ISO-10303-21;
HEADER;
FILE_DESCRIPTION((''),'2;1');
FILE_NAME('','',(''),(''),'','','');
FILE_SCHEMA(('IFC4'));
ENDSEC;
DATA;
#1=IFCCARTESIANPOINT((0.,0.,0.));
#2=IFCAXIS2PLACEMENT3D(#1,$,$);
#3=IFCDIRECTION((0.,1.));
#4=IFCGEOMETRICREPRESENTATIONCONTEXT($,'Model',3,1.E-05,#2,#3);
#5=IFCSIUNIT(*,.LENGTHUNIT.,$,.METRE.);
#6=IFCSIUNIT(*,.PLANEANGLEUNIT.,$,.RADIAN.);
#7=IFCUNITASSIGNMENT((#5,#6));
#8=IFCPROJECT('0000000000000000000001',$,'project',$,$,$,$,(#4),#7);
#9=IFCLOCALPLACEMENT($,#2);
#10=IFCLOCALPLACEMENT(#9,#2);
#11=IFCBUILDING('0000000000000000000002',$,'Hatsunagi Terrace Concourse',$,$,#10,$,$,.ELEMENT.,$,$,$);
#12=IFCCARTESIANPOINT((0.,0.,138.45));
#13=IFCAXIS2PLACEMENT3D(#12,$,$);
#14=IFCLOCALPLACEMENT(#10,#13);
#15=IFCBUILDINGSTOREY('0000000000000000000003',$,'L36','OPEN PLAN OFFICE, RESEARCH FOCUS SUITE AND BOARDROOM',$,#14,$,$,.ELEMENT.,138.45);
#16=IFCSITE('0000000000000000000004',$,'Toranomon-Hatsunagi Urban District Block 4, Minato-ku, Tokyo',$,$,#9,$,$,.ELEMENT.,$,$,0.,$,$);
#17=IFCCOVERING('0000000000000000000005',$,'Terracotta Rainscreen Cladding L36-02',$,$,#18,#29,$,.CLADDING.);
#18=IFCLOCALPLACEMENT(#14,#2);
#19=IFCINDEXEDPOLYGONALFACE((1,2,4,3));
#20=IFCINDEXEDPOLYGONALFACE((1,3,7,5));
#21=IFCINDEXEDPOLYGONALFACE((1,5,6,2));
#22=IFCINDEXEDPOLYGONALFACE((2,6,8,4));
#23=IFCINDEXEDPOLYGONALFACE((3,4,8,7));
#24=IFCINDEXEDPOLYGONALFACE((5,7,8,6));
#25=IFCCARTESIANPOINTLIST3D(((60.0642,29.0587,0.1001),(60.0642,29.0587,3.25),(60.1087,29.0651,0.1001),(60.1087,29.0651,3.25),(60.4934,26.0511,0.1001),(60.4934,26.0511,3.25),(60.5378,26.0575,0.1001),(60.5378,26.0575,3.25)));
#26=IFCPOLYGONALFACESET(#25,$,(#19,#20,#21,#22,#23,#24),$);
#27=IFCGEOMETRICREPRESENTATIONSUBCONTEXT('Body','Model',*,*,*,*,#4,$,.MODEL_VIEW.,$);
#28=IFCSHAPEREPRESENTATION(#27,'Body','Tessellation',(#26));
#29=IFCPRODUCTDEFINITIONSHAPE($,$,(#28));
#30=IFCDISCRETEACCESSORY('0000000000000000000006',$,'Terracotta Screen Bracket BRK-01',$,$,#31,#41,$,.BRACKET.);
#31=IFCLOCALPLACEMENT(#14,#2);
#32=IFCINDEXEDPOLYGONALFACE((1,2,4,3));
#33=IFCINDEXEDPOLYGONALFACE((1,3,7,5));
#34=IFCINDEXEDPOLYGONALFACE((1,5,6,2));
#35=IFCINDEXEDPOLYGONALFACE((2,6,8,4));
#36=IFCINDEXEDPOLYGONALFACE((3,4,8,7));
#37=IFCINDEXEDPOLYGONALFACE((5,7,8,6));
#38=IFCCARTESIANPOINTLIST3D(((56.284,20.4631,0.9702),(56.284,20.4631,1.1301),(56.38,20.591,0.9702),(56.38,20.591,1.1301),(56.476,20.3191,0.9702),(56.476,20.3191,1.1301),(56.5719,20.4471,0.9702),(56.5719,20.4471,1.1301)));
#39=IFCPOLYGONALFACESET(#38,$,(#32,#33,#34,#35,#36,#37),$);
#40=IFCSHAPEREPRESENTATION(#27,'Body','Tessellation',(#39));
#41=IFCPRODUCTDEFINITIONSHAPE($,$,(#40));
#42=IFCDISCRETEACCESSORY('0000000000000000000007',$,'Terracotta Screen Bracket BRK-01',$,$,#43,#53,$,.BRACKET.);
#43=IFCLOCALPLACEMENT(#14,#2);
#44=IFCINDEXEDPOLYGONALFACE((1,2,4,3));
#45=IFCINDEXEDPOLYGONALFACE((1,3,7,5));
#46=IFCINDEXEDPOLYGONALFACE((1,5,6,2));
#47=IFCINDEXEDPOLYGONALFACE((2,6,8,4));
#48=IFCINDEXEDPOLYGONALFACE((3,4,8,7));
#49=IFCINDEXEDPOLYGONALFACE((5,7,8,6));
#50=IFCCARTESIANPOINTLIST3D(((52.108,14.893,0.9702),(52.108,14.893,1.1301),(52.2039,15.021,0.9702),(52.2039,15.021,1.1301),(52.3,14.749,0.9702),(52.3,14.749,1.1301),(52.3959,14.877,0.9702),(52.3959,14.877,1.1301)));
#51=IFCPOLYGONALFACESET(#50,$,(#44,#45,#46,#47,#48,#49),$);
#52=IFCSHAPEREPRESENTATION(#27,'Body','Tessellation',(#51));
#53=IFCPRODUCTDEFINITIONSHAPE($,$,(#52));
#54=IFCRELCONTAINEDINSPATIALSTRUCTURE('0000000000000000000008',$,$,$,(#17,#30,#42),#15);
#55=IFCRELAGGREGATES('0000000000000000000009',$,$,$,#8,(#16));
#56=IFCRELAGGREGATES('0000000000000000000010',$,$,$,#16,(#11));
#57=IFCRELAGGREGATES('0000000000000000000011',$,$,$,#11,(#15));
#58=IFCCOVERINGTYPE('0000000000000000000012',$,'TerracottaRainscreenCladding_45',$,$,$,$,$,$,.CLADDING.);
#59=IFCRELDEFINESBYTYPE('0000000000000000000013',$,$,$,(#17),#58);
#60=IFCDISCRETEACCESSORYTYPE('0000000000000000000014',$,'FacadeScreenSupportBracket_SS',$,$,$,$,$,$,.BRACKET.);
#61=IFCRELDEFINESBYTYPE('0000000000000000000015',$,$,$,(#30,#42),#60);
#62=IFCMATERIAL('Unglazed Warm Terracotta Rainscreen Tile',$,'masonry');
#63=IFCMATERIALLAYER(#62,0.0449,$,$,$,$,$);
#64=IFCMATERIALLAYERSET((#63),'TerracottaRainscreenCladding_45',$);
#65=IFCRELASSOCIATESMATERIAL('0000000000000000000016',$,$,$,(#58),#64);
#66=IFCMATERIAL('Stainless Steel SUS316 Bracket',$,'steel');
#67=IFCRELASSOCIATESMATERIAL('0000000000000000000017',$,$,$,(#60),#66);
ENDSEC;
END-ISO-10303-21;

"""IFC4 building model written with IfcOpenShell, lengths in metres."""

from ifc_helpers import new_model, si_unit, direction, frame, origin, origin_2d, place, context, subcontext, project, spatial, rectangle, extrude, material, layer, layer_set, type_object, element, save


model = new_model("IFC4")

# Units and contexts
model_context = context("Model", 3, precision=1e-05, world=origin(), true_north=direction((0.0, 1.0)))
body_context = subcontext(model_context, "Body", "Model", "MODEL_VIEW")
ifc_project = project(units=[si_unit("LENGTHUNIT", "METRE"), si_unit("PLANEANGLEUNIT", "RADIAN")], contexts=[model_context])

# Site, building, storey
site_placement = place(None, origin())
site = spatial("IfcSite", under=ifc_project, at=site_placement, Name="Toranomon-Hatsunagi Urban District Block 4, Minato-ku, Tokyo", CompositionType="ELEMENT", RefElevation=0.0)
building_placement = place(site_placement, origin())
building = spatial("IfcBuilding", under=site, at=building_placement, Name="Hatsunagi Terrace Concourse", CompositionType="ELEMENT")
storey_placement = place(building_placement, frame((0.0, 0.0, 138.45)))
storey = spatial("IfcBuildingStorey", under=building, at=storey_placement, Name="L36", Description="OPEN PLAN OFFICE, RESEARCH FOCUS SUITE AND BOARDROOM", CompositionType="ELEMENT", Elevation=138.45)

# Covering
ifc_material_1 = material(Name="Unglazed Warm Terracotta Rainscreen Tile", Category="masonry")
ifc_layer_1 = layer(ifc_material_1, 0.0449)
ifc_layer_set_1 = layer_set([ifc_layer_1], Name="TerracottaRainscreenCladding_45")
covering_type = type_object("IfcCoveringType", Name="TerracottaRainscreenCladding_45", PredefinedType="CLADDING", material=ifc_layer_set_1)
covering_placement = place(storey_placement, frame((60.301, 27.5581, 0.1001), z_axis=(0.0, 0.0, 1.0), x_axis=(0.14125, -0.989974, 0.0)))
element("IfcCovering", 1, at=covering_placement, inside=storey, type_object=covering_type, Name="Terracotta Rainscreen Cladding L36-02", PredefinedType="CLADDING", context=body_context, shape_type="SweptSolid", body=[
    extrude(rectangle(XDim=3.0381, YDim=0.0449, at=origin_2d()), origin(), (0.0, 0.0, 1.0), 3.1499),
])

# Discrete accessories
ifc_material_2 = material(Name="Stainless Steel SUS316 Bracket", Category="steel")
discrete_accessory_type = type_object("IfcDiscreteAccessoryType", Name="FacadeScreenSupportBracket_SS", PredefinedType="BRACKET", material=ifc_material_2)
for number, where, z_axis, x_axis, name in (
    (2, (56.428, 20.4551, 0.9702), (0.0, 0.0, 1.0), (-0.599969, -0.800023, 0.0), "Terracotta Screen Bracket BRK-01"),
    (3, (52.252, 14.885, 0.9702), (0.0, 0.0, 1.0), (-0.599969, -0.800023, 0.0), "Terracotta Screen Bracket BRK-01"),
):
    element("IfcDiscreteAccessory", number, at=place(storey_placement, frame(where, z_axis=z_axis, x_axis=x_axis)), inside=storey, type_object=discrete_accessory_type, Name=name, PredefinedType="BRACKET", context=body_context, shape_type="SweptSolid", body=[
        extrude(rectangle(XDim=0.1599, YDim=0.24, at=origin_2d()), origin(), (0.0, 0.0, 1.0), 0.1599),
    ])

save(model, "model.ifc")
